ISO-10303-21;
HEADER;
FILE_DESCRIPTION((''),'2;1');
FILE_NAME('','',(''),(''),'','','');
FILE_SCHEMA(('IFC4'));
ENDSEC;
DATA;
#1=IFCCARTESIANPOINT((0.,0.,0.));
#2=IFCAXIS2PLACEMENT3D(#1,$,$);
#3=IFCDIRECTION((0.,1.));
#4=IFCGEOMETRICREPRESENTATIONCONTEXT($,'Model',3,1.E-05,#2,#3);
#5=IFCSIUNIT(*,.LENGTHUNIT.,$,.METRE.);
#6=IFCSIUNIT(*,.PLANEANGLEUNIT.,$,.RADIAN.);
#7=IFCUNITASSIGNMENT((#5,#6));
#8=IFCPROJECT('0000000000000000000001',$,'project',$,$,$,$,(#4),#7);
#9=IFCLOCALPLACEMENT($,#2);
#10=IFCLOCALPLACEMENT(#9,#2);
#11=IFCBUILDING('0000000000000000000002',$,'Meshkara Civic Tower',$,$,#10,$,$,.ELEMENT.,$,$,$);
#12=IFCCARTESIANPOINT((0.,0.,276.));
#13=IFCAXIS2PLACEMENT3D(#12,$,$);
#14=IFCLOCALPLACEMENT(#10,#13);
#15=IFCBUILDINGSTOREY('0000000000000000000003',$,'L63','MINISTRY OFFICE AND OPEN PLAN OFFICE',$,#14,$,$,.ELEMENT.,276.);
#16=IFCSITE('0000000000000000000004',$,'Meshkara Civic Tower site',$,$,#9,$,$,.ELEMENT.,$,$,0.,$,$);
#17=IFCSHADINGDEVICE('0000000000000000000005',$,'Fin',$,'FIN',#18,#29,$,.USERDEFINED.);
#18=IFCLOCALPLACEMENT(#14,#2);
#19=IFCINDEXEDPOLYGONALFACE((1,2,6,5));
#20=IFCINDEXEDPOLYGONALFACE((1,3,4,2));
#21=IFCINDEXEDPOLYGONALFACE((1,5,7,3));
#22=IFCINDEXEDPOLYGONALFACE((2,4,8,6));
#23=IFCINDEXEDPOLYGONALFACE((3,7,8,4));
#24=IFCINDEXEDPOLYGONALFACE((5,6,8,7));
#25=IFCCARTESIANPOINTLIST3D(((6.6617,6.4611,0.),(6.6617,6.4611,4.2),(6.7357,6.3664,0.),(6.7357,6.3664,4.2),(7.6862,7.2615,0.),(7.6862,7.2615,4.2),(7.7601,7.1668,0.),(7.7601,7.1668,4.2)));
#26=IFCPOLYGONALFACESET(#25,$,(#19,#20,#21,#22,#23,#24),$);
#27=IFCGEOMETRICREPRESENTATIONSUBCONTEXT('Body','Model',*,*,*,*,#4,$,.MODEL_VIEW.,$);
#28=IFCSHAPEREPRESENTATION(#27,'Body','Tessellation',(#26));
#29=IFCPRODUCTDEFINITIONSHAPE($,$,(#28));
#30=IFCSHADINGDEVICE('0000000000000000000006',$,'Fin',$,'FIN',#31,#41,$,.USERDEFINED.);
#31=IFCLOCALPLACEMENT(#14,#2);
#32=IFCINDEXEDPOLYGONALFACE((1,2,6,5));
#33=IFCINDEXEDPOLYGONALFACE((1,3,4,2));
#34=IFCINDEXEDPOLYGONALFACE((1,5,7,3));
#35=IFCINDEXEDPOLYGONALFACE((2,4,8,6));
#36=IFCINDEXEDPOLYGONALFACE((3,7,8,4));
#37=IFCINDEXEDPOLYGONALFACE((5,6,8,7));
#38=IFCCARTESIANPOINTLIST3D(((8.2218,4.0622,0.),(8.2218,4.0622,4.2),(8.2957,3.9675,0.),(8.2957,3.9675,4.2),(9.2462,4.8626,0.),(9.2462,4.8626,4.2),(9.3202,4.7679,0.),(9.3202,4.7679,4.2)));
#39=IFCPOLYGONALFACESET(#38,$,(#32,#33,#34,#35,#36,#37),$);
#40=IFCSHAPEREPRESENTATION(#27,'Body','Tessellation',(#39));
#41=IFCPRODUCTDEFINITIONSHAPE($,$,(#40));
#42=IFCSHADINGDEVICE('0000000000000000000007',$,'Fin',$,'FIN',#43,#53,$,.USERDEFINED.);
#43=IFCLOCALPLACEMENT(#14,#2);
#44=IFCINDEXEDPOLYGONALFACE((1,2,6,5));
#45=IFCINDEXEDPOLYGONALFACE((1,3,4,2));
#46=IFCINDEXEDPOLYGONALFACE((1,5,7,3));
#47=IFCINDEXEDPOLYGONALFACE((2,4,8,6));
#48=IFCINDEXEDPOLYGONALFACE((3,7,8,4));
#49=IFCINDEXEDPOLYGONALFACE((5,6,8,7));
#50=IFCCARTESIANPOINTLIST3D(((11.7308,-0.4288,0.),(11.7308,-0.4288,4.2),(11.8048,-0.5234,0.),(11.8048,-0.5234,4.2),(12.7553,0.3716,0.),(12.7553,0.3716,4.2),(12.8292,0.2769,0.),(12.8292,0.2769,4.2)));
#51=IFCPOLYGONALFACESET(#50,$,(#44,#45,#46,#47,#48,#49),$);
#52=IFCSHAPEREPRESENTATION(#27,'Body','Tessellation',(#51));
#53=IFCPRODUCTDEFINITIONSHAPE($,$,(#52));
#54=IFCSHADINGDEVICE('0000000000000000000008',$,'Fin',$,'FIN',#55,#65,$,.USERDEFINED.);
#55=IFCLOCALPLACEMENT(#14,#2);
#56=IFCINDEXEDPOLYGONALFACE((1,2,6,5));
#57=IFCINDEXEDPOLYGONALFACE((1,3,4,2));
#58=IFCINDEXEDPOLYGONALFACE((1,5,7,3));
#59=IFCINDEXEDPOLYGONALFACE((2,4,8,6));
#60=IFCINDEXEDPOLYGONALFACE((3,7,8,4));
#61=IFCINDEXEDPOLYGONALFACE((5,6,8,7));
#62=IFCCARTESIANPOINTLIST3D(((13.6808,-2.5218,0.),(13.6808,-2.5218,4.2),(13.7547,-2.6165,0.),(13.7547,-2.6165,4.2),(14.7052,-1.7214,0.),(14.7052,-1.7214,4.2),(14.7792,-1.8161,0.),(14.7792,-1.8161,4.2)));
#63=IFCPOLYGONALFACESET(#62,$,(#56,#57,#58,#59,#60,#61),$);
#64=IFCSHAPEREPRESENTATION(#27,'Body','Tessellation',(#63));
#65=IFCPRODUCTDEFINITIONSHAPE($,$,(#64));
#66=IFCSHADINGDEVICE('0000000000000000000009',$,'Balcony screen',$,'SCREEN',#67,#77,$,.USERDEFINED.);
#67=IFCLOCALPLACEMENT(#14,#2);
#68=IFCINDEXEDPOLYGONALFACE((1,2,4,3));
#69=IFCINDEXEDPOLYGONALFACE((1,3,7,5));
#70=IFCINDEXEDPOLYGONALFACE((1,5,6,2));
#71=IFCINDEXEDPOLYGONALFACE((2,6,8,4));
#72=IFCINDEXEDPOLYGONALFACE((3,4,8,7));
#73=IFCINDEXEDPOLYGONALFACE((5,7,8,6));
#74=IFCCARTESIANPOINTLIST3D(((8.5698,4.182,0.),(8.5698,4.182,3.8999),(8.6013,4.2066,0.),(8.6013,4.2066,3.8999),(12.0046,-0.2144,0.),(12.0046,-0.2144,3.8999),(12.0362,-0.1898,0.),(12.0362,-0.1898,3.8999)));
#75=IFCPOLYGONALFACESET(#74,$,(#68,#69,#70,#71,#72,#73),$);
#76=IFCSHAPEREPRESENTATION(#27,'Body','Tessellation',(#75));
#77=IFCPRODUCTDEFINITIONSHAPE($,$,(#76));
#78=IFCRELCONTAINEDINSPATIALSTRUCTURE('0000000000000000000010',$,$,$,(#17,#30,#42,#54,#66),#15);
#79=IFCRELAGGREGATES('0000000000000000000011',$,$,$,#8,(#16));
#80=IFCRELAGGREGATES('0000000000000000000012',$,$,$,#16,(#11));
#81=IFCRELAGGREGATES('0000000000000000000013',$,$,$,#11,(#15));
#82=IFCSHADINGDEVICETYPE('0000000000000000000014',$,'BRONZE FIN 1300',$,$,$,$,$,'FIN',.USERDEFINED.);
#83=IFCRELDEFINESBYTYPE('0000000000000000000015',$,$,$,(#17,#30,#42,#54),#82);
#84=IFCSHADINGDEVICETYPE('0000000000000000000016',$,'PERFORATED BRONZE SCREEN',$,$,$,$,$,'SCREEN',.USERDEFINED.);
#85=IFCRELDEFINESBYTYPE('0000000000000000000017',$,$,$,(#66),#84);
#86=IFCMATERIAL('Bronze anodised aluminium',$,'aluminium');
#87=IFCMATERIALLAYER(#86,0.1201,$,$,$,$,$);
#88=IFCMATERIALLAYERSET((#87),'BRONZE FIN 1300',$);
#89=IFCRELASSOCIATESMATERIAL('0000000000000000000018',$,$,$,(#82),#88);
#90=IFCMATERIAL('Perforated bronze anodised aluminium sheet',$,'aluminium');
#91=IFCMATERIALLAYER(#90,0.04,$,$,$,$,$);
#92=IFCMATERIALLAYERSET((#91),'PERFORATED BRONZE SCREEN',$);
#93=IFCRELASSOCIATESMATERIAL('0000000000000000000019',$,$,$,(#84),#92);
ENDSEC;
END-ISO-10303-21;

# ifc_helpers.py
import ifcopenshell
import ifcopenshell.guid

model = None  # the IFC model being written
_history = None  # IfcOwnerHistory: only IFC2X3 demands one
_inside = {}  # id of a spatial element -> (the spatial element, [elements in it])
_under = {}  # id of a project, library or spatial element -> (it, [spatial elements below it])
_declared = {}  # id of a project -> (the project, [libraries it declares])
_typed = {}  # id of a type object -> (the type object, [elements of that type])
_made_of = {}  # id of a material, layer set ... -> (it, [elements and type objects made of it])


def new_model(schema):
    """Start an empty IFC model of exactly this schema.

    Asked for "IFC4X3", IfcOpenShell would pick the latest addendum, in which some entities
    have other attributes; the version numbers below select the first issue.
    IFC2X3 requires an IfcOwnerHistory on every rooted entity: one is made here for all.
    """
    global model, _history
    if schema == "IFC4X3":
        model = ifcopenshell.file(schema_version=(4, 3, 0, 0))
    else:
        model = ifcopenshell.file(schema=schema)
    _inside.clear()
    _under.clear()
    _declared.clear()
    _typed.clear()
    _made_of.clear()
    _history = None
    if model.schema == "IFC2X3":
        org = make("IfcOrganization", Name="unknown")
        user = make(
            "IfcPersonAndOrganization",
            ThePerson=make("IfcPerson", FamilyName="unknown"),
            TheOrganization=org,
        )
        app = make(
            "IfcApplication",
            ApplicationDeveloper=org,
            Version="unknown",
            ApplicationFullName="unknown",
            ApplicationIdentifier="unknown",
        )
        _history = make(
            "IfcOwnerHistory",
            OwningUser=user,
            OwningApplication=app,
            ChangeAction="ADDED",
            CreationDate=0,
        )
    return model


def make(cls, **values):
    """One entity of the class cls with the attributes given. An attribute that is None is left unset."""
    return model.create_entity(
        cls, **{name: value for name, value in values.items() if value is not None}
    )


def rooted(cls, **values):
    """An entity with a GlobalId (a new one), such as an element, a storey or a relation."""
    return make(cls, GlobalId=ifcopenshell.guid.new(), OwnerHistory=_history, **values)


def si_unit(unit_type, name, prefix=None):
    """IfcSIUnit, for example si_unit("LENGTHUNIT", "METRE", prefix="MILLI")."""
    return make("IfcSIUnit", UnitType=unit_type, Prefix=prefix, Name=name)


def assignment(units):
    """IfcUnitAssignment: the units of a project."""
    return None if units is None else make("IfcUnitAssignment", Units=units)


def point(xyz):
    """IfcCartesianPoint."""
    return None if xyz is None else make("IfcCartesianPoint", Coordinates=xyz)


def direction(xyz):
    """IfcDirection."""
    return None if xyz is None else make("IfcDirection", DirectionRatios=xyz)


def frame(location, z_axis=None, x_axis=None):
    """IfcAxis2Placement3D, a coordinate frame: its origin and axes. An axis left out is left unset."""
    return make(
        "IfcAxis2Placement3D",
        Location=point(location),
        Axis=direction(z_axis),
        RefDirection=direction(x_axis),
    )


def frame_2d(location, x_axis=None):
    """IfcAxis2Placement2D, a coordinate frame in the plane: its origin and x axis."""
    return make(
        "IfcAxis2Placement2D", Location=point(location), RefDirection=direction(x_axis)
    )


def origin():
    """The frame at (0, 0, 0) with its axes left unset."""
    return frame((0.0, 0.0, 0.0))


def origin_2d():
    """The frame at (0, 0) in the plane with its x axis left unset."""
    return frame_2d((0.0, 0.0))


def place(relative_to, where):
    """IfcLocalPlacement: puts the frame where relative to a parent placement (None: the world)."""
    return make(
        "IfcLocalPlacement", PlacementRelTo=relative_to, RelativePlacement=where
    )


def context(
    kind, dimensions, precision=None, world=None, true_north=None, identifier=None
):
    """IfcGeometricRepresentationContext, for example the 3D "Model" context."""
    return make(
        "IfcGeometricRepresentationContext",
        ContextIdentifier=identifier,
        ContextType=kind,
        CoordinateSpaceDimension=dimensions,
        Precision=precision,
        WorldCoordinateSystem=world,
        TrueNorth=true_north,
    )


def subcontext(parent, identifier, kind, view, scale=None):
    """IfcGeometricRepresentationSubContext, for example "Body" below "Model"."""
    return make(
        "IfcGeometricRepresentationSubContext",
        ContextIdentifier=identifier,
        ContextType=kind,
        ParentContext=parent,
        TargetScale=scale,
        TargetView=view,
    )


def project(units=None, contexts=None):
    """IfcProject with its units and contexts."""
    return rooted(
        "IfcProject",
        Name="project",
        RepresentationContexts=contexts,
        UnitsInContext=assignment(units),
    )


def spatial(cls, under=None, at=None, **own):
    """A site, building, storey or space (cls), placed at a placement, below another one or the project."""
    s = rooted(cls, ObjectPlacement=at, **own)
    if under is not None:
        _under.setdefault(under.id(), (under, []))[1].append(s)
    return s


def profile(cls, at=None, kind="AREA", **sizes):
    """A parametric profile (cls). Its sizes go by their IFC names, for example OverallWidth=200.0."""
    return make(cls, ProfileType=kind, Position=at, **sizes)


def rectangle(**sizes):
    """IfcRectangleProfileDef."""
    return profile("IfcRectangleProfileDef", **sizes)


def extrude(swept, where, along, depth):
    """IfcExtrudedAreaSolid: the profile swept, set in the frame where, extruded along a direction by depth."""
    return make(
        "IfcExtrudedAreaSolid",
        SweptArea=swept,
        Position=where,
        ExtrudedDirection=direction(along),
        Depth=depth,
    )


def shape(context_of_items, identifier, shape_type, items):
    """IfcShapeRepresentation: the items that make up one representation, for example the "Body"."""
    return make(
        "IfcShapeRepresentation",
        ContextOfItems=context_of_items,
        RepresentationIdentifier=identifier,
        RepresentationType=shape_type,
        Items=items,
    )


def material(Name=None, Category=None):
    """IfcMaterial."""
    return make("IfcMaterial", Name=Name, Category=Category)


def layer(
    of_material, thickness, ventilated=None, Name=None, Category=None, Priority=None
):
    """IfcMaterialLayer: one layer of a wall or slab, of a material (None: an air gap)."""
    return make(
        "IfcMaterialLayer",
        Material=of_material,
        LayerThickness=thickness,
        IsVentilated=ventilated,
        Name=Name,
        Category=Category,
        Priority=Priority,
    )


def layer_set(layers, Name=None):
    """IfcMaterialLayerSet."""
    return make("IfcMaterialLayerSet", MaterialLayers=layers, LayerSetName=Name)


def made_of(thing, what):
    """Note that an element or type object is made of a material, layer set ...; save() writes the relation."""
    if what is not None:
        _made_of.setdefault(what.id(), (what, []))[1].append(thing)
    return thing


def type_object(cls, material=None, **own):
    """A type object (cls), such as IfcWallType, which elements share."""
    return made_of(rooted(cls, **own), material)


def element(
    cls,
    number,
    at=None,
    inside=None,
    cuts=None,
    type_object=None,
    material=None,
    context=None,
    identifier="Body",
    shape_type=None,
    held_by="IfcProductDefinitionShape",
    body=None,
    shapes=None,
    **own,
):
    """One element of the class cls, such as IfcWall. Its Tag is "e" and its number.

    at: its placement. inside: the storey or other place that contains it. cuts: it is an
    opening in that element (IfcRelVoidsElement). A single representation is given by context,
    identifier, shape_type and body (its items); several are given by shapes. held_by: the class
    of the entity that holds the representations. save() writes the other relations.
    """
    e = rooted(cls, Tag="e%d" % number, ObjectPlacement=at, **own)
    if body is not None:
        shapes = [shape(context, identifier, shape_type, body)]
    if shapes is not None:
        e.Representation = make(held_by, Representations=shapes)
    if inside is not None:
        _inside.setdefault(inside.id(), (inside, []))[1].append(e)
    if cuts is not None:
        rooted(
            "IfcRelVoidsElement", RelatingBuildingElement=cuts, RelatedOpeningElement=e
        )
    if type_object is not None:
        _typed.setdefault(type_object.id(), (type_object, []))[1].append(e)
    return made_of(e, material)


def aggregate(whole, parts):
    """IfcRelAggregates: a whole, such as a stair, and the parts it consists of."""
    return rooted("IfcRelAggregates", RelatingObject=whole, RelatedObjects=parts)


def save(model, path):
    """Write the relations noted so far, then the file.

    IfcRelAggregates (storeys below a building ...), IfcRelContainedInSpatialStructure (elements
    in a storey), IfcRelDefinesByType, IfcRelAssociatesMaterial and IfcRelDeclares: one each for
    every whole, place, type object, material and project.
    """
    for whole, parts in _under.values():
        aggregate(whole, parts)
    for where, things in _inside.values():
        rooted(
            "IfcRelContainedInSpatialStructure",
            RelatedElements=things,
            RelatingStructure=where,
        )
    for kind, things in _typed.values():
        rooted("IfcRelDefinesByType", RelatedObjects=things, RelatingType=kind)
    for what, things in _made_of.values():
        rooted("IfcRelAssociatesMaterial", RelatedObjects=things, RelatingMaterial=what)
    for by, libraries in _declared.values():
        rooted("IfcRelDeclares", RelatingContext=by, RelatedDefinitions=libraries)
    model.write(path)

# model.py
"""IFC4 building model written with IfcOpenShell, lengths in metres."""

from ifc_helpers import new_model, si_unit, direction, frame, origin, origin_2d, place, context, subcontext, project, spatial, rectangle, extrude, material, layer, layer_set, type_object, element, save


model = new_model("IFC4")

# Units and contexts
model_context = context("Model", 3, precision=1e-05, world=origin(), true_north=direction((0.0, 1.0)))
body_context = subcontext(model_context, "Body", "Model", "MODEL_VIEW")
ifc_project = project(units=[si_unit("LENGTHUNIT", "METRE"), si_unit("PLANEANGLEUNIT", "RADIAN")], contexts=[model_context])

# Site, building, storey
site_placement = place(None, origin())
site = spatial("IfcSite", under=ifc_project, at=site_placement, Name="Meshkara Civic Tower site", CompositionType="ELEMENT", RefElevation=0.0)
building_placement = place(site_placement, origin())
building = spatial("IfcBuilding", under=site, at=building_placement, Name="Meshkara Civic Tower", CompositionType="ELEMENT")
storey_placement = place(building_placement, frame((0.0, 0.0, 276.0)))
storey = spatial("IfcBuildingStorey", under=building, at=storey_placement, Name="L63", Description="MINISTRY OFFICE AND OPEN PLAN OFFICE", CompositionType="ELEMENT", Elevation=276.0)

# Shading devices
ifc_material_1 = material(Name="Bronze anodised aluminium", Category="aluminium")
ifc_layer_1 = layer(ifc_material_1, 0.1201)
ifc_layer_set_1 = layer_set([ifc_layer_1], Name="BRONZE FIN 1300")
shading_device_type_1 = type_object("IfcShadingDeviceType", Name="BRONZE FIN 1300", ElementType="FIN", PredefinedType="USERDEFINED", material=ifc_layer_set_1)
for number, where, z_axis, x_axis, name in (
    (1, (7.2109, 6.814, 0.0), (0.0, 0.0, 1.0), (0.615661, -0.788011, 0.0), "Fin"),
    (2, (8.771, 4.415, 0.0), (0.0, 0.0, 1.0), (0.615661, -0.788011, 0.0), "Fin"),
    (3, (12.28, -0.0759, 0.0), (0.0, 0.0, 1.0), (0.615661, -0.788011, 0.0), "Fin"),
    (4, (14.23, -2.1689, 0.0), (0.0, 0.0, 1.0), (0.615661, -0.788011, 0.0), "Fin"),
):
    element("IfcShadingDevice", number, at=place(storey_placement, frame(where, z_axis=z_axis, x_axis=x_axis)), inside=storey, type_object=shading_device_type_1, Name=name, ObjectType="FIN", PredefinedType="USERDEFINED", context=body_context, shape_type="SweptSolid", body=[
        extrude(rectangle(XDim=0.1201, YDim=1.3, at=origin_2d()), origin(), (0.0, 0.0, 1.0), 4.2),
    ])
ifc_material_2 = material(Name="Perforated bronze anodised aluminium sheet", Category="aluminium")
ifc_layer_2 = layer(ifc_material_2, 0.04)
ifc_layer_set_2 = layer_set([ifc_layer_2], Name="PERFORATED BRONZE SCREEN")
shading_device_type_2 = type_object("IfcShadingDeviceType", Name="PERFORATED BRONZE SCREEN", ElementType="SCREEN", PredefinedType="USERDEFINED", material=ifc_layer_set_2)
shading_device_placement = place(storey_placement, frame((10.303, 1.9961, 0.0), z_axis=(0.0, 0.0, 1.0), x_axis=(0.615661, -0.788011, 0.0)))
element("IfcShadingDevice", 5, at=shading_device_placement, inside=storey, type_object=shading_device_type_2, Name="Balcony screen", ObjectType="SCREEN", PredefinedType="USERDEFINED", context=body_context, shape_type="SweptSolid", body=[
    extrude(rectangle(XDim=5.5791, YDim=0.04, at=origin_2d()), origin(), (0.0, 0.0, 1.0), 3.8999),
])

save(model, "model.ifc")
